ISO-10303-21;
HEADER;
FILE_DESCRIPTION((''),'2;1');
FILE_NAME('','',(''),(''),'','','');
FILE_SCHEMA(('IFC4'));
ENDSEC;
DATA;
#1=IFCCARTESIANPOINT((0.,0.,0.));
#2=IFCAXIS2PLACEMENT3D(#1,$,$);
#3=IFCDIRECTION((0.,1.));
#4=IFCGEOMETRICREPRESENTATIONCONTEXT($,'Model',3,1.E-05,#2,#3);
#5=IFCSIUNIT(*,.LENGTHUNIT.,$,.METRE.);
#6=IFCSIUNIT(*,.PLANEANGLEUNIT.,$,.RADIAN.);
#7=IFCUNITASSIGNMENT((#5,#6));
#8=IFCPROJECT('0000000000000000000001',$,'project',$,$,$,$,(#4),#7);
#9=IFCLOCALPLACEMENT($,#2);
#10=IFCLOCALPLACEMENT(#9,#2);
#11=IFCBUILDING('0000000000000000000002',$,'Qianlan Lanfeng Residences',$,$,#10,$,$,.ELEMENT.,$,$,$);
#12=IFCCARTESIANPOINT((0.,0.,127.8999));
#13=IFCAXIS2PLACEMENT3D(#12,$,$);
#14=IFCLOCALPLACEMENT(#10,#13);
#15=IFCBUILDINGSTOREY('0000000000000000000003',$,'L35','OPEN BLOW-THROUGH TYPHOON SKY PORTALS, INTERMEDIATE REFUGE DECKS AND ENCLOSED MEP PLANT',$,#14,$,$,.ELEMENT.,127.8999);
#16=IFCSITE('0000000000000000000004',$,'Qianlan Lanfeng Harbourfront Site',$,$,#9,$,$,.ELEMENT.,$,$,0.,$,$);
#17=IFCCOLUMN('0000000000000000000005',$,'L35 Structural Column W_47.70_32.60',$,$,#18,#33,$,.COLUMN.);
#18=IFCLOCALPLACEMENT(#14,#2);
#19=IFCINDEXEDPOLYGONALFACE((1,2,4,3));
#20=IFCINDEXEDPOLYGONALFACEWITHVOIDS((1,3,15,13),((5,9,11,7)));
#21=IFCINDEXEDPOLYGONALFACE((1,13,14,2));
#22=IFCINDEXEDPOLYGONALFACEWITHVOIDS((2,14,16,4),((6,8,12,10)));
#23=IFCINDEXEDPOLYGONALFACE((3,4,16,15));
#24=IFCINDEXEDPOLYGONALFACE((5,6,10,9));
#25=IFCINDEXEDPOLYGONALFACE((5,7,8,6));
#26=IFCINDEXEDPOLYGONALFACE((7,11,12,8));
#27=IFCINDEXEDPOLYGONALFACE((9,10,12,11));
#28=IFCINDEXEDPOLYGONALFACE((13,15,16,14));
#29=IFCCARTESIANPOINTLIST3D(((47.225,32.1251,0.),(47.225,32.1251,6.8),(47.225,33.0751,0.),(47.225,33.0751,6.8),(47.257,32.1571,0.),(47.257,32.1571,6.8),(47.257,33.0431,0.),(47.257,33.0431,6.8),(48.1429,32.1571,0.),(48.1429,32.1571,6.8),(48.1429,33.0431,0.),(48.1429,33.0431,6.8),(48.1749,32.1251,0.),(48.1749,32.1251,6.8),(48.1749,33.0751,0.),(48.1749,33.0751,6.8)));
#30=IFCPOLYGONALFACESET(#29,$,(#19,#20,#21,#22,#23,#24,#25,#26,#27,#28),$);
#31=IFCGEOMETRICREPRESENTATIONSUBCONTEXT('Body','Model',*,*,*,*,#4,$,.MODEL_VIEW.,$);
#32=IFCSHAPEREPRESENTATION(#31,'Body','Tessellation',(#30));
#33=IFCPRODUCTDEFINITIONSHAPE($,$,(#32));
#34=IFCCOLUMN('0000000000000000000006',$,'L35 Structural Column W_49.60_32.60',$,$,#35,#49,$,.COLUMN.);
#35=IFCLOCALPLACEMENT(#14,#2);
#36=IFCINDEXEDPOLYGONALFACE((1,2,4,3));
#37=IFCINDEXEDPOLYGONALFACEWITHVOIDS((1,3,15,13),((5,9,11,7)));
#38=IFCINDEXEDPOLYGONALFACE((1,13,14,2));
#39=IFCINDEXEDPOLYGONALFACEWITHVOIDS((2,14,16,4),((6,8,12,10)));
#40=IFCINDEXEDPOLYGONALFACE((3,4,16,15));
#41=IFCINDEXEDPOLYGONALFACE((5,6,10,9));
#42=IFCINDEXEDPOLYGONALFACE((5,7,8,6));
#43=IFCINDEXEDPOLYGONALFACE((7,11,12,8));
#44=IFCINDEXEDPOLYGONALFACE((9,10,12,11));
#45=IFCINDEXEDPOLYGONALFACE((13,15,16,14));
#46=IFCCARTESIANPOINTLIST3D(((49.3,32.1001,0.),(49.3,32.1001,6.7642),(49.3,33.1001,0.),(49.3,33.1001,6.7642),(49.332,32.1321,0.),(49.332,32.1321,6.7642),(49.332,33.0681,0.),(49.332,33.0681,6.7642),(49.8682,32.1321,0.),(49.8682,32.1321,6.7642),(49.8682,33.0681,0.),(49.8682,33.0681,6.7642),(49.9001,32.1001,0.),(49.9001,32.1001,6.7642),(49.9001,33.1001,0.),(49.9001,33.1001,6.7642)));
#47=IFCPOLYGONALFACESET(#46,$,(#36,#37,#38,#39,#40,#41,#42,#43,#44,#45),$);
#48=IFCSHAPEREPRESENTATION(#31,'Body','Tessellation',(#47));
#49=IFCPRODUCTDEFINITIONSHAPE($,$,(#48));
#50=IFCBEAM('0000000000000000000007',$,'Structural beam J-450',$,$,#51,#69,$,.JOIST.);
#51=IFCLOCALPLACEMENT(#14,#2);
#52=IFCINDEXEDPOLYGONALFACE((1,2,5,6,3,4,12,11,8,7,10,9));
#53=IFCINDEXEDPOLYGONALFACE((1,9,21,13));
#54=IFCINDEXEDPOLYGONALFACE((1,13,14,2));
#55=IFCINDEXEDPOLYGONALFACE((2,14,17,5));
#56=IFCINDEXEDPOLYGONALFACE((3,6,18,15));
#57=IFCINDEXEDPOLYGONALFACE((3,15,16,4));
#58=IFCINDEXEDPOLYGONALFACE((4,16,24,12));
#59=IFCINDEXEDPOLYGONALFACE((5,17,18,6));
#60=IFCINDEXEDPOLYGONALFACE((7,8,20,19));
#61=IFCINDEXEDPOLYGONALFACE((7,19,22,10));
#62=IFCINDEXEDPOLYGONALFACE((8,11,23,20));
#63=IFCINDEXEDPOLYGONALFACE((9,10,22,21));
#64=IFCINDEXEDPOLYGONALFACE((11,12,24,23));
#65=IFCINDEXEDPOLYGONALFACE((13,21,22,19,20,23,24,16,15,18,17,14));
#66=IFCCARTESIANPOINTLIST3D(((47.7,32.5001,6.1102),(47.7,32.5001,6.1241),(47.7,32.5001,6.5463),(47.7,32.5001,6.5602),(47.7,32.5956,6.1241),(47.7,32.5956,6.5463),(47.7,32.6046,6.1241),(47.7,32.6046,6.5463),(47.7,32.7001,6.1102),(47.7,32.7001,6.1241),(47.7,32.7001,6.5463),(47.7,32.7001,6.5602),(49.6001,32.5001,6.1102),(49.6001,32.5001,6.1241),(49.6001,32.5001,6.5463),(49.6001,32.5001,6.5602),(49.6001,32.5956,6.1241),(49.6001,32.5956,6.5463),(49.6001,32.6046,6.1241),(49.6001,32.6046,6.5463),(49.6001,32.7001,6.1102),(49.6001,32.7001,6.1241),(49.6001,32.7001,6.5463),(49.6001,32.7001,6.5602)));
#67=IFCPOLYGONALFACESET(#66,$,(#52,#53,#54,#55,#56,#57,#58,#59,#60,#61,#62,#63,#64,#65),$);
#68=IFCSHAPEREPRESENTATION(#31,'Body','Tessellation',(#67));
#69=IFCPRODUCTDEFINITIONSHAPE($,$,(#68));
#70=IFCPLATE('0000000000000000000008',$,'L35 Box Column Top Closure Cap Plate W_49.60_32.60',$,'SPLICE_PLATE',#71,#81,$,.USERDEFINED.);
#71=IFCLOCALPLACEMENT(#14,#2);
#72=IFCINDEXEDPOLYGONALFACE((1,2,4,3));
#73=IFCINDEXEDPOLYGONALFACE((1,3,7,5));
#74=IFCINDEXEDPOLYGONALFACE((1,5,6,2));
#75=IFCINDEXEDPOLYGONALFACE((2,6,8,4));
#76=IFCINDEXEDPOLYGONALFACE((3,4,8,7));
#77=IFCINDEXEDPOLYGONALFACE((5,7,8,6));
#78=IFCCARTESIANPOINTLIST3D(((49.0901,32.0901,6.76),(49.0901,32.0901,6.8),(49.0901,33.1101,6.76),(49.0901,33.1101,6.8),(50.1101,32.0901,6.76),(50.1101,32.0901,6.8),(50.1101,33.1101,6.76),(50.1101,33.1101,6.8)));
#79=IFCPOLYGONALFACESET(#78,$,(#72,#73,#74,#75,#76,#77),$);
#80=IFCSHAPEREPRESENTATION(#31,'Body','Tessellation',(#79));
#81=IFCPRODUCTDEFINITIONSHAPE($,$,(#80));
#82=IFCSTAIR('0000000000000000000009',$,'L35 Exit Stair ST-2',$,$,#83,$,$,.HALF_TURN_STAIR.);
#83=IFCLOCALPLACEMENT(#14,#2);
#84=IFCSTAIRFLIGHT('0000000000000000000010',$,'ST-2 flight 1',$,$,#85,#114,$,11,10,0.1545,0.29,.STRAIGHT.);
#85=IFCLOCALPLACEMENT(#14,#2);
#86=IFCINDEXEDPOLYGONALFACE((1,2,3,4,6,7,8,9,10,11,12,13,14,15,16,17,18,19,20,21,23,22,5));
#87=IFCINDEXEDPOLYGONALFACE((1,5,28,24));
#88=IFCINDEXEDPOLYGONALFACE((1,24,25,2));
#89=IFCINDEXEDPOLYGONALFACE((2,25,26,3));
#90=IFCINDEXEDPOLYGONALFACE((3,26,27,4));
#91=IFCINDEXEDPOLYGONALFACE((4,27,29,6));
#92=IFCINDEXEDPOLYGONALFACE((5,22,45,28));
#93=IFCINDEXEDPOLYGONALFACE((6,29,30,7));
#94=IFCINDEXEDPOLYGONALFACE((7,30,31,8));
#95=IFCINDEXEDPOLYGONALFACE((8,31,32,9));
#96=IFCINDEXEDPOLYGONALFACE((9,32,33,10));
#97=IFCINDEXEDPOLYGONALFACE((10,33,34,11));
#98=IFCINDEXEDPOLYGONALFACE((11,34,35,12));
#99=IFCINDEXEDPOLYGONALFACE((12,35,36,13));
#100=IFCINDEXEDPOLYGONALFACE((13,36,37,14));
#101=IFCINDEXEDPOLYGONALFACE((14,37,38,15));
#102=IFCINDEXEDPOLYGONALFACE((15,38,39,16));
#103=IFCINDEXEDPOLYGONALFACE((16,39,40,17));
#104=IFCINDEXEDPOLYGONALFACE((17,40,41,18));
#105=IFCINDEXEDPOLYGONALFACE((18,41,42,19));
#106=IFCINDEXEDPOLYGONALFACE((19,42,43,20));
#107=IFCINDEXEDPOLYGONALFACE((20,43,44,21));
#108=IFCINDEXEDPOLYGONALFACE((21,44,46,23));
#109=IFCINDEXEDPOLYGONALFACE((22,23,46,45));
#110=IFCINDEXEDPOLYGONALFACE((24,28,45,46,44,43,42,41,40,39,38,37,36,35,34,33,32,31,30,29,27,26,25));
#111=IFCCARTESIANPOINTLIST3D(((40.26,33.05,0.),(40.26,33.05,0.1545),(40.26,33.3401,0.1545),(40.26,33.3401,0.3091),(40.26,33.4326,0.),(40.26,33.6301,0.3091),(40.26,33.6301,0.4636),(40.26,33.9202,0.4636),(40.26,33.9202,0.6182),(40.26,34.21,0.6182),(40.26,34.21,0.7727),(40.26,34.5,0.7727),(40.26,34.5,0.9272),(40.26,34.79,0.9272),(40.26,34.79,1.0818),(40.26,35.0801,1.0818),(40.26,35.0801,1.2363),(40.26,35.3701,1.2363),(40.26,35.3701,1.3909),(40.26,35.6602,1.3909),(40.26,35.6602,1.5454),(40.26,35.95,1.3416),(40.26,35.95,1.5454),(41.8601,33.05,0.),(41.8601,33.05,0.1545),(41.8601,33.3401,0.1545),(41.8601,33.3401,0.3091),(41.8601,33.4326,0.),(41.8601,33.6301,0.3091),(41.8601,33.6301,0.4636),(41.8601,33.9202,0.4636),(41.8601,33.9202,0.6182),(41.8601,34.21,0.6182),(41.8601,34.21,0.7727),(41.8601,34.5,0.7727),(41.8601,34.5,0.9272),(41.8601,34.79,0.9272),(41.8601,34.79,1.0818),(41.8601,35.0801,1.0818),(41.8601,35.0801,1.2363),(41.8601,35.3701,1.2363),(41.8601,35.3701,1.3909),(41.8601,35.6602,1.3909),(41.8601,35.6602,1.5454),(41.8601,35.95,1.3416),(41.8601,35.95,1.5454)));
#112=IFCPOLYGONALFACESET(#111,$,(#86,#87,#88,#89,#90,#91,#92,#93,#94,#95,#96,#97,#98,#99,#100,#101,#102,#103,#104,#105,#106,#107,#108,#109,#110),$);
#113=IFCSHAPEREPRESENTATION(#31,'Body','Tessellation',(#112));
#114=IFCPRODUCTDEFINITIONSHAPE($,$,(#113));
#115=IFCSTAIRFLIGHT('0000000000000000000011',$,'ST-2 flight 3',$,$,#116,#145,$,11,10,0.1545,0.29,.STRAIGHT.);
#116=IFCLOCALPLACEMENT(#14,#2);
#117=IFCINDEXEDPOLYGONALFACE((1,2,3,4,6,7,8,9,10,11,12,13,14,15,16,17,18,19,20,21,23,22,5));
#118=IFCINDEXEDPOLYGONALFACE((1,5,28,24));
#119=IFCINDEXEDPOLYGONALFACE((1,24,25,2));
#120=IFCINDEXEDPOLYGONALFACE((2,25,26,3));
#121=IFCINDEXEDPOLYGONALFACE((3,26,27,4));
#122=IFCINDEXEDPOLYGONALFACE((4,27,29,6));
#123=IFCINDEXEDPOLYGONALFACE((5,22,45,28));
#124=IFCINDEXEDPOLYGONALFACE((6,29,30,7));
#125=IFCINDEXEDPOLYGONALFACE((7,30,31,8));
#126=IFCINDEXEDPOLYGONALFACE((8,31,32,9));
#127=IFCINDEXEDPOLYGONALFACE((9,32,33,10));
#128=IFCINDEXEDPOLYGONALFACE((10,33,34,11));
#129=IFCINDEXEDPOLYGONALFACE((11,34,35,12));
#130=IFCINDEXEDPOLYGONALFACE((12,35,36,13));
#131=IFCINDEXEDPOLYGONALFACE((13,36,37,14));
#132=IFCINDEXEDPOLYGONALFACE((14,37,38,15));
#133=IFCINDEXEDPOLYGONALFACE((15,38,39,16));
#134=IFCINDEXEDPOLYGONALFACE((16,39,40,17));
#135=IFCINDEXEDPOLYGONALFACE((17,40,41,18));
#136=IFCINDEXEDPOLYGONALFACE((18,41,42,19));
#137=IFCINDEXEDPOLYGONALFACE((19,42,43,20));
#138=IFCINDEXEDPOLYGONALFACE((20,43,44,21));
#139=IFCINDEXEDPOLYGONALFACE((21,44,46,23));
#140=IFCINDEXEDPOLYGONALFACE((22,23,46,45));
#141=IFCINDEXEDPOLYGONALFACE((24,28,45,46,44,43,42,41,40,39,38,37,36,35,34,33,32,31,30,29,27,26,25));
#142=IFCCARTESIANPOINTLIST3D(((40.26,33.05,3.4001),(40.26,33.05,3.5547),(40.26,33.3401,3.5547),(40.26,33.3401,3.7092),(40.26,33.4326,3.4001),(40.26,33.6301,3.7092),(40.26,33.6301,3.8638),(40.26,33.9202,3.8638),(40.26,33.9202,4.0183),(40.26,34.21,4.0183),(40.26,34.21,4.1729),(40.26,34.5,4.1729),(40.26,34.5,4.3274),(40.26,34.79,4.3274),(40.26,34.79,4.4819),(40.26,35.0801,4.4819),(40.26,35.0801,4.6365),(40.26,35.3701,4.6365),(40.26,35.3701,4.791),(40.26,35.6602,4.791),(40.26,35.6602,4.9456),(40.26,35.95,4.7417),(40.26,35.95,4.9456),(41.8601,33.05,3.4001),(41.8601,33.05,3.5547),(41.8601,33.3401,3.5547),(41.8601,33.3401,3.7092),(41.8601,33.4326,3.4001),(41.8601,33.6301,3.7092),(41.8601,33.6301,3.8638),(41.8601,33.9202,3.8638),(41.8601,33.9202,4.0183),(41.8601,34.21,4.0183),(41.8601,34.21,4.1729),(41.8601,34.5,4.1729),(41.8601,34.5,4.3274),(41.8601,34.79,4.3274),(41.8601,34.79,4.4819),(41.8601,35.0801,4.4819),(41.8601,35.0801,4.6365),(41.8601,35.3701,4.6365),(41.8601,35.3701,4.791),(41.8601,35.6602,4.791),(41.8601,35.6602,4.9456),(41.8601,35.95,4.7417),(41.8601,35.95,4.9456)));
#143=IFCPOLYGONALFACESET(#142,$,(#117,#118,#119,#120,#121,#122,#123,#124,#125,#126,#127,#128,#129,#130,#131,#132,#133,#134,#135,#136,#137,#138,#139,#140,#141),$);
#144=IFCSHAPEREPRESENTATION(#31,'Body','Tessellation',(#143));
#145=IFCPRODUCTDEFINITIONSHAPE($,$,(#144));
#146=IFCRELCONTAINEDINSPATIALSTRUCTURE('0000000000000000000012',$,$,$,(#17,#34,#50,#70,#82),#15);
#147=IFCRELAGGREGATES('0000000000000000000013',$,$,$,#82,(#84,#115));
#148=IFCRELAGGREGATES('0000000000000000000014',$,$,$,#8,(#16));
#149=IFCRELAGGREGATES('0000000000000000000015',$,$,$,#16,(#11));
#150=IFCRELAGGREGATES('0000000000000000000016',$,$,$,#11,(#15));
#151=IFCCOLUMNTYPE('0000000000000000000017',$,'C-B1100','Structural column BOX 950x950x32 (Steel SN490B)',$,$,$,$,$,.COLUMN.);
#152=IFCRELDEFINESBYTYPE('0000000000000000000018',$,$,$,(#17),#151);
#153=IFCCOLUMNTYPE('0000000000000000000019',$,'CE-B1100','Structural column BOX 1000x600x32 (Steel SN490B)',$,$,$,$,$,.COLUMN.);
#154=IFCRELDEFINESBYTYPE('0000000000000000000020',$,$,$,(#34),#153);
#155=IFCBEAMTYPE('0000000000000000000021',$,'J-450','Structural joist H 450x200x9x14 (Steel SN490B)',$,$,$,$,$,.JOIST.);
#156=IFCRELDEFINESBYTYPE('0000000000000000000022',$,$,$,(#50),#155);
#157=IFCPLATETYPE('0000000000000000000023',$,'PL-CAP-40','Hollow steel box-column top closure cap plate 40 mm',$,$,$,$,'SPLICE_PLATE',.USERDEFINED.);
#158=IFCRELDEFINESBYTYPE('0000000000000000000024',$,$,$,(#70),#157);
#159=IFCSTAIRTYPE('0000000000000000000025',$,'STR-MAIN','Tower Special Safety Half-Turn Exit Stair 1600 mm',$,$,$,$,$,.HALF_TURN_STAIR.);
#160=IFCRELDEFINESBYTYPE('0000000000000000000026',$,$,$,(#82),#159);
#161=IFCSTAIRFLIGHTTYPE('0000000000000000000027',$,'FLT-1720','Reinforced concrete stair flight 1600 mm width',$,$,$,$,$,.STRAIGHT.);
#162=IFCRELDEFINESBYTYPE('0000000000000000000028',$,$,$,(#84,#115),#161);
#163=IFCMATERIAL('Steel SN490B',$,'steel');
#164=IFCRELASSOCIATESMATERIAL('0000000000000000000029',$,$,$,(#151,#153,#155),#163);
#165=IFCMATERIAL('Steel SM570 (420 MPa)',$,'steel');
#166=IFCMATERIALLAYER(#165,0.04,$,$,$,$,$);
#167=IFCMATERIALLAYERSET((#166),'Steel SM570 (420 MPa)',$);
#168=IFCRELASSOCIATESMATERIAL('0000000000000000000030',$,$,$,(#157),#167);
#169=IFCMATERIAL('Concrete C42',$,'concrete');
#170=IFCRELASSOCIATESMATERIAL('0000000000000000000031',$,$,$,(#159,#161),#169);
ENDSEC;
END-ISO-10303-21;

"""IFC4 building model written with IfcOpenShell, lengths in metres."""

from ifc_helpers import new_model, si_unit, direction, frame, origin, origin_2d, place, context, subcontext, project, spatial, polyline, rectangle, hollow_rectangle, i_section, outline, extrude, source, transform, mapped, material, layer, layer_set, material_profile, profile_set, type_object, element, aggregate, save


model = new_model("IFC4")

# Units and contexts
model_context = context("Model", 3, precision=1e-05, world=origin(), true_north=direction((0.0, 1.0)))
body_context = subcontext(model_context, "Body", "Model", "MODEL_VIEW")
ifc_project = project(units=[si_unit("LENGTHUNIT", "METRE"), si_unit("PLANEANGLEUNIT", "RADIAN")], contexts=[model_context])

# Site, building, storey
site_placement = place(None, origin())
site = spatial("IfcSite", under=ifc_project, at=site_placement, Name="Qianlan Lanfeng Harbourfront Site", CompositionType="ELEMENT", RefElevation=0.0)
building_placement = place(site_placement, origin())
building = spatial("IfcBuilding", under=site, at=building_placement, Name="Qianlan Lanfeng Residences", CompositionType="ELEMENT")
storey_placement = place(building_placement, frame((0.0, 0.0, 127.8999)))
storey = spatial("IfcBuildingStorey", under=building, at=storey_placement, Name="L35", Description="OPEN BLOW-THROUGH TYPHOON SKY PORTALS, INTERMEDIATE REFUGE DECKS AND ENCLOSED MEP PLANT", CompositionType="ELEMENT", Elevation=127.8999)

# Columns
ifc_material_1 = material(Name="Steel SN490B", Category="steel")
ifc_material_profile_1 = material_profile(ifc_material_1, hollow_rectangle(XDim=0.95, YDim=0.95, WallThickness=0.032, at=origin_2d()), Name="BOX 950x950x32")
ifc_profile_set_1 = profile_set([ifc_material_profile_1], Name="Steel SN490B")
column_type_1 = type_object("IfcColumnType", Name="C-B1100", Description="Structural column BOX 950x950x32 (Steel SN490B)", PredefinedType="COLUMN", material=ifc_profile_set_1)
column_1_placement = place(storey_placement, frame((47.7, 32.6001, 0.0), z_axis=(0.0, 0.0, 1.0), x_axis=(1.0, 0.0, 0.0)))
element("IfcColumn", 1, at=column_1_placement, inside=storey, type_object=column_type_1, Name="L35 Structural Column W_47.70_32.60", PredefinedType="COLUMN", context=body_context, shape_type="SweptSolid", body=[
    extrude(hollow_rectangle(XDim=0.95, YDim=0.95, WallThickness=0.032, at=origin_2d()), origin(), (0.0, 0.0, 1.0), 6.8),
])
ifc_material_profile_2 = material_profile(ifc_material_1, hollow_rectangle(XDim=0.6001, YDim=1.0, WallThickness=0.032, at=origin_2d()), Name="BOX 1000x600x32")
ifc_profile_set_2 = profile_set([ifc_material_profile_2], Name="Steel SN490B")
column_type_2 = type_object("IfcColumnType", Name="CE-B1100", Description="Structural column BOX 1000x600x32 (Steel SN490B)", PredefinedType="COLUMN", material=ifc_profile_set_2)
column_2_placement = place(storey_placement, frame((49.6001, 32.6001, 0.0), z_axis=(0.0, 0.0, 1.0), x_axis=(1.0, 0.0, 0.0)))
element("IfcColumn", 2, at=column_2_placement, inside=storey, type_object=column_type_2, Name="L35 Structural Column W_49.60_32.60", PredefinedType="COLUMN", context=body_context, shape_type="SweptSolid", body=[
    extrude(hollow_rectangle(XDim=0.6001, YDim=1.0, WallThickness=0.032, at=origin_2d()), origin(), (0.0, 0.0, 1.0), 6.7642),
])

# Beam
ifc_material_profile_3 = material_profile(ifc_material_1, i_section(OverallWidth=0.2, OverallDepth=0.45, WebThickness=0.009, FlangeThickness=0.0139, at=origin_2d()), Name="H 450x200x9x14")
ifc_profile_set_3 = profile_set([ifc_material_profile_3], Name="Steel SN490B")
beam_type = type_object("IfcBeamType", Name="J-450", Description="Structural joist H 450x200x9x14 (Steel SN490B)", PredefinedType="JOIST", material=ifc_profile_set_3)
beam_placement = place(storey_placement, frame((47.7, 32.6001, 6.3352), z_axis=(1.0, 0.0, 0.0), x_axis=(0.0, 1.0, 0.0)))
element("IfcBeam", 3, at=beam_placement, inside=storey, type_object=beam_type, Name="Structural beam J-450", PredefinedType="JOIST", context=body_context, shape_type="SweptSolid", body=[
    extrude(i_section(OverallWidth=0.2, OverallDepth=0.45, WebThickness=0.009, FlangeThickness=0.0139, at=origin_2d()), origin(), (0.0, 0.0, 1.0), 1.9001),
])

# Plate
ifc_material_2 = material(Name="Steel SM570 (420 MPa)", Category="steel")
ifc_layer = layer(ifc_material_2, 0.04)
ifc_layer_set = layer_set([ifc_layer], Name="Steel SM570 (420 MPa)")
plate_type = type_object("IfcPlateType", Name="PL-CAP-40", Description="Hollow steel box-column top closure cap plate 40 mm", ElementType="SPLICE_PLATE", PredefinedType="USERDEFINED", material=ifc_layer_set)
shared_shape = source(origin(), body_context, "Body", "SweptSolid", [
    extrude(rectangle(XDim=1.02, YDim=1.02, at=origin_2d()), origin(), (0.0, 0.0, 1.0), 0.04),
])
plate_placement = place(storey_placement, frame((49.6001, 32.6001, 6.76), z_axis=(0.0, 0.0, 1.0), x_axis=(1.0, 0.0, 0.0)))
element("IfcPlate", 4, at=plate_placement, inside=storey, type_object=plate_type, Name="L35 Box Column Top Closure Cap Plate W_49.60_32.60", ObjectType="SPLICE_PLATE", PredefinedType="USERDEFINED", context=body_context, shape_type="MappedRepresentation", body=[
    mapped(shared_shape, transform((0.0, 0.0, 0.0), scale=1.0)),
])

# Stair, stair flights
ifc_material_3 = material(Name="Concrete C42", Category="concrete")
stair_type = type_object("IfcStairType", Name="STR-MAIN", Description="Tower Special Safety Half-Turn Exit Stair 1600 mm", PredefinedType="HALF_TURN_STAIR", material=ifc_material_3)
stair_placement = place(storey_placement, origin())
stair = element("IfcStair", 5, at=stair_placement, inside=storey, type_object=stair_type, Name="L35 Exit Stair ST-2", PredefinedType="HALF_TURN_STAIR")
stair_flight_type = type_object("IfcStairFlightType", Name="FLT-1720", Description="Reinforced concrete stair flight 1600 mm width", PredefinedType="STRAIGHT", material=ifc_material_3)
stair_flight_1_placement = place(storey_placement, frame((41.0601, 33.05, 0.0), z_axis=(0.0, 0.0, 1.0), x_axis=(0.0, 1.0, 0.0)))
stair_flight_1 = element("IfcStairFlight", 6, at=stair_flight_1_placement, type_object=stair_flight_type, Name="ST-2 flight 1", NumberOfRisers=11, NumberOfTreads=10, PredefinedType="STRAIGHT", RiserHeight=0.1545, TreadLength=0.29, context=body_context, shape_type="SweptSolid", body=[
    extrude(outline(polyline([(0.0, 0.0), (0.0, 0.1545), (0.29, 0.1545), (0.29, 0.3091), (0.5801, 0.3091), (0.5801, 0.4636), (0.8701, 0.4636), (0.8701, 0.6182), (1.1599, 0.6182), (1.1599, 0.7727), (1.45, 0.7727), (1.45, 0.9272), (1.74, 0.9272), (1.74, 1.0818), (2.03, 1.0818), (2.03, 1.2363), (2.3201, 1.2363), (2.3201, 1.3909), (2.6101, 1.3909), (2.6101, 1.5454), (2.8999, 1.5454), (2.8999, 1.7), (2.8999, 1.3416), (0.3826, 0.0), (0.0, 0.0)])), frame((0.0, 0.8, 0.0), z_axis=(0.0, -1.0, 0.0), x_axis=(1.0, 0.0, 0.0)), (0.0, 0.0, 1.0), 1.6001),
])
stair_flight_2_placement = place(storey_placement, frame((41.0601, 33.05, 3.4001), z_axis=(0.0, 0.0, 1.0), x_axis=(0.0, 1.0, 0.0)))
stair_flight_2 = element("IfcStairFlight", 7, at=stair_flight_2_placement, type_object=stair_flight_type, Name="ST-2 flight 3", NumberOfRisers=11, NumberOfTreads=10, PredefinedType="STRAIGHT", RiserHeight=0.1545, TreadLength=0.29, context=body_context, shape_type="SweptSolid", body=[
    extrude(outline(polyline([(0.0, 0.0), (0.0, 0.1545), (0.29, 0.1545), (0.29, 0.3091), (0.5801, 0.3091), (0.5801, 0.4636), (0.8701, 0.4636), (0.8701, 0.6182), (1.1599, 0.6182), (1.1599, 0.7727), (1.45, 0.7727), (1.45, 0.9272), (1.74, 0.9272), (1.74, 1.0818), (2.03, 1.0818), (2.03, 1.2363), (2.3201, 1.2363), (2.3201, 1.3909), (2.6101, 1.3909), (2.6101, 1.5454), (2.8999, 1.5454), (2.8999, 1.7), (2.8999, 1.3416), (0.3826, 0.0), (0.0, 0.0)])), frame((0.0, 0.8, 0.0), z_axis=(0.0, -1.0, 0.0), x_axis=(1.0, 0.0, 0.0)), (0.0, 0.0, 1.0), 1.6001),
])
aggregate(stair, [stair_flight_1, stair_flight_2])

save(model, "model.ifc")
